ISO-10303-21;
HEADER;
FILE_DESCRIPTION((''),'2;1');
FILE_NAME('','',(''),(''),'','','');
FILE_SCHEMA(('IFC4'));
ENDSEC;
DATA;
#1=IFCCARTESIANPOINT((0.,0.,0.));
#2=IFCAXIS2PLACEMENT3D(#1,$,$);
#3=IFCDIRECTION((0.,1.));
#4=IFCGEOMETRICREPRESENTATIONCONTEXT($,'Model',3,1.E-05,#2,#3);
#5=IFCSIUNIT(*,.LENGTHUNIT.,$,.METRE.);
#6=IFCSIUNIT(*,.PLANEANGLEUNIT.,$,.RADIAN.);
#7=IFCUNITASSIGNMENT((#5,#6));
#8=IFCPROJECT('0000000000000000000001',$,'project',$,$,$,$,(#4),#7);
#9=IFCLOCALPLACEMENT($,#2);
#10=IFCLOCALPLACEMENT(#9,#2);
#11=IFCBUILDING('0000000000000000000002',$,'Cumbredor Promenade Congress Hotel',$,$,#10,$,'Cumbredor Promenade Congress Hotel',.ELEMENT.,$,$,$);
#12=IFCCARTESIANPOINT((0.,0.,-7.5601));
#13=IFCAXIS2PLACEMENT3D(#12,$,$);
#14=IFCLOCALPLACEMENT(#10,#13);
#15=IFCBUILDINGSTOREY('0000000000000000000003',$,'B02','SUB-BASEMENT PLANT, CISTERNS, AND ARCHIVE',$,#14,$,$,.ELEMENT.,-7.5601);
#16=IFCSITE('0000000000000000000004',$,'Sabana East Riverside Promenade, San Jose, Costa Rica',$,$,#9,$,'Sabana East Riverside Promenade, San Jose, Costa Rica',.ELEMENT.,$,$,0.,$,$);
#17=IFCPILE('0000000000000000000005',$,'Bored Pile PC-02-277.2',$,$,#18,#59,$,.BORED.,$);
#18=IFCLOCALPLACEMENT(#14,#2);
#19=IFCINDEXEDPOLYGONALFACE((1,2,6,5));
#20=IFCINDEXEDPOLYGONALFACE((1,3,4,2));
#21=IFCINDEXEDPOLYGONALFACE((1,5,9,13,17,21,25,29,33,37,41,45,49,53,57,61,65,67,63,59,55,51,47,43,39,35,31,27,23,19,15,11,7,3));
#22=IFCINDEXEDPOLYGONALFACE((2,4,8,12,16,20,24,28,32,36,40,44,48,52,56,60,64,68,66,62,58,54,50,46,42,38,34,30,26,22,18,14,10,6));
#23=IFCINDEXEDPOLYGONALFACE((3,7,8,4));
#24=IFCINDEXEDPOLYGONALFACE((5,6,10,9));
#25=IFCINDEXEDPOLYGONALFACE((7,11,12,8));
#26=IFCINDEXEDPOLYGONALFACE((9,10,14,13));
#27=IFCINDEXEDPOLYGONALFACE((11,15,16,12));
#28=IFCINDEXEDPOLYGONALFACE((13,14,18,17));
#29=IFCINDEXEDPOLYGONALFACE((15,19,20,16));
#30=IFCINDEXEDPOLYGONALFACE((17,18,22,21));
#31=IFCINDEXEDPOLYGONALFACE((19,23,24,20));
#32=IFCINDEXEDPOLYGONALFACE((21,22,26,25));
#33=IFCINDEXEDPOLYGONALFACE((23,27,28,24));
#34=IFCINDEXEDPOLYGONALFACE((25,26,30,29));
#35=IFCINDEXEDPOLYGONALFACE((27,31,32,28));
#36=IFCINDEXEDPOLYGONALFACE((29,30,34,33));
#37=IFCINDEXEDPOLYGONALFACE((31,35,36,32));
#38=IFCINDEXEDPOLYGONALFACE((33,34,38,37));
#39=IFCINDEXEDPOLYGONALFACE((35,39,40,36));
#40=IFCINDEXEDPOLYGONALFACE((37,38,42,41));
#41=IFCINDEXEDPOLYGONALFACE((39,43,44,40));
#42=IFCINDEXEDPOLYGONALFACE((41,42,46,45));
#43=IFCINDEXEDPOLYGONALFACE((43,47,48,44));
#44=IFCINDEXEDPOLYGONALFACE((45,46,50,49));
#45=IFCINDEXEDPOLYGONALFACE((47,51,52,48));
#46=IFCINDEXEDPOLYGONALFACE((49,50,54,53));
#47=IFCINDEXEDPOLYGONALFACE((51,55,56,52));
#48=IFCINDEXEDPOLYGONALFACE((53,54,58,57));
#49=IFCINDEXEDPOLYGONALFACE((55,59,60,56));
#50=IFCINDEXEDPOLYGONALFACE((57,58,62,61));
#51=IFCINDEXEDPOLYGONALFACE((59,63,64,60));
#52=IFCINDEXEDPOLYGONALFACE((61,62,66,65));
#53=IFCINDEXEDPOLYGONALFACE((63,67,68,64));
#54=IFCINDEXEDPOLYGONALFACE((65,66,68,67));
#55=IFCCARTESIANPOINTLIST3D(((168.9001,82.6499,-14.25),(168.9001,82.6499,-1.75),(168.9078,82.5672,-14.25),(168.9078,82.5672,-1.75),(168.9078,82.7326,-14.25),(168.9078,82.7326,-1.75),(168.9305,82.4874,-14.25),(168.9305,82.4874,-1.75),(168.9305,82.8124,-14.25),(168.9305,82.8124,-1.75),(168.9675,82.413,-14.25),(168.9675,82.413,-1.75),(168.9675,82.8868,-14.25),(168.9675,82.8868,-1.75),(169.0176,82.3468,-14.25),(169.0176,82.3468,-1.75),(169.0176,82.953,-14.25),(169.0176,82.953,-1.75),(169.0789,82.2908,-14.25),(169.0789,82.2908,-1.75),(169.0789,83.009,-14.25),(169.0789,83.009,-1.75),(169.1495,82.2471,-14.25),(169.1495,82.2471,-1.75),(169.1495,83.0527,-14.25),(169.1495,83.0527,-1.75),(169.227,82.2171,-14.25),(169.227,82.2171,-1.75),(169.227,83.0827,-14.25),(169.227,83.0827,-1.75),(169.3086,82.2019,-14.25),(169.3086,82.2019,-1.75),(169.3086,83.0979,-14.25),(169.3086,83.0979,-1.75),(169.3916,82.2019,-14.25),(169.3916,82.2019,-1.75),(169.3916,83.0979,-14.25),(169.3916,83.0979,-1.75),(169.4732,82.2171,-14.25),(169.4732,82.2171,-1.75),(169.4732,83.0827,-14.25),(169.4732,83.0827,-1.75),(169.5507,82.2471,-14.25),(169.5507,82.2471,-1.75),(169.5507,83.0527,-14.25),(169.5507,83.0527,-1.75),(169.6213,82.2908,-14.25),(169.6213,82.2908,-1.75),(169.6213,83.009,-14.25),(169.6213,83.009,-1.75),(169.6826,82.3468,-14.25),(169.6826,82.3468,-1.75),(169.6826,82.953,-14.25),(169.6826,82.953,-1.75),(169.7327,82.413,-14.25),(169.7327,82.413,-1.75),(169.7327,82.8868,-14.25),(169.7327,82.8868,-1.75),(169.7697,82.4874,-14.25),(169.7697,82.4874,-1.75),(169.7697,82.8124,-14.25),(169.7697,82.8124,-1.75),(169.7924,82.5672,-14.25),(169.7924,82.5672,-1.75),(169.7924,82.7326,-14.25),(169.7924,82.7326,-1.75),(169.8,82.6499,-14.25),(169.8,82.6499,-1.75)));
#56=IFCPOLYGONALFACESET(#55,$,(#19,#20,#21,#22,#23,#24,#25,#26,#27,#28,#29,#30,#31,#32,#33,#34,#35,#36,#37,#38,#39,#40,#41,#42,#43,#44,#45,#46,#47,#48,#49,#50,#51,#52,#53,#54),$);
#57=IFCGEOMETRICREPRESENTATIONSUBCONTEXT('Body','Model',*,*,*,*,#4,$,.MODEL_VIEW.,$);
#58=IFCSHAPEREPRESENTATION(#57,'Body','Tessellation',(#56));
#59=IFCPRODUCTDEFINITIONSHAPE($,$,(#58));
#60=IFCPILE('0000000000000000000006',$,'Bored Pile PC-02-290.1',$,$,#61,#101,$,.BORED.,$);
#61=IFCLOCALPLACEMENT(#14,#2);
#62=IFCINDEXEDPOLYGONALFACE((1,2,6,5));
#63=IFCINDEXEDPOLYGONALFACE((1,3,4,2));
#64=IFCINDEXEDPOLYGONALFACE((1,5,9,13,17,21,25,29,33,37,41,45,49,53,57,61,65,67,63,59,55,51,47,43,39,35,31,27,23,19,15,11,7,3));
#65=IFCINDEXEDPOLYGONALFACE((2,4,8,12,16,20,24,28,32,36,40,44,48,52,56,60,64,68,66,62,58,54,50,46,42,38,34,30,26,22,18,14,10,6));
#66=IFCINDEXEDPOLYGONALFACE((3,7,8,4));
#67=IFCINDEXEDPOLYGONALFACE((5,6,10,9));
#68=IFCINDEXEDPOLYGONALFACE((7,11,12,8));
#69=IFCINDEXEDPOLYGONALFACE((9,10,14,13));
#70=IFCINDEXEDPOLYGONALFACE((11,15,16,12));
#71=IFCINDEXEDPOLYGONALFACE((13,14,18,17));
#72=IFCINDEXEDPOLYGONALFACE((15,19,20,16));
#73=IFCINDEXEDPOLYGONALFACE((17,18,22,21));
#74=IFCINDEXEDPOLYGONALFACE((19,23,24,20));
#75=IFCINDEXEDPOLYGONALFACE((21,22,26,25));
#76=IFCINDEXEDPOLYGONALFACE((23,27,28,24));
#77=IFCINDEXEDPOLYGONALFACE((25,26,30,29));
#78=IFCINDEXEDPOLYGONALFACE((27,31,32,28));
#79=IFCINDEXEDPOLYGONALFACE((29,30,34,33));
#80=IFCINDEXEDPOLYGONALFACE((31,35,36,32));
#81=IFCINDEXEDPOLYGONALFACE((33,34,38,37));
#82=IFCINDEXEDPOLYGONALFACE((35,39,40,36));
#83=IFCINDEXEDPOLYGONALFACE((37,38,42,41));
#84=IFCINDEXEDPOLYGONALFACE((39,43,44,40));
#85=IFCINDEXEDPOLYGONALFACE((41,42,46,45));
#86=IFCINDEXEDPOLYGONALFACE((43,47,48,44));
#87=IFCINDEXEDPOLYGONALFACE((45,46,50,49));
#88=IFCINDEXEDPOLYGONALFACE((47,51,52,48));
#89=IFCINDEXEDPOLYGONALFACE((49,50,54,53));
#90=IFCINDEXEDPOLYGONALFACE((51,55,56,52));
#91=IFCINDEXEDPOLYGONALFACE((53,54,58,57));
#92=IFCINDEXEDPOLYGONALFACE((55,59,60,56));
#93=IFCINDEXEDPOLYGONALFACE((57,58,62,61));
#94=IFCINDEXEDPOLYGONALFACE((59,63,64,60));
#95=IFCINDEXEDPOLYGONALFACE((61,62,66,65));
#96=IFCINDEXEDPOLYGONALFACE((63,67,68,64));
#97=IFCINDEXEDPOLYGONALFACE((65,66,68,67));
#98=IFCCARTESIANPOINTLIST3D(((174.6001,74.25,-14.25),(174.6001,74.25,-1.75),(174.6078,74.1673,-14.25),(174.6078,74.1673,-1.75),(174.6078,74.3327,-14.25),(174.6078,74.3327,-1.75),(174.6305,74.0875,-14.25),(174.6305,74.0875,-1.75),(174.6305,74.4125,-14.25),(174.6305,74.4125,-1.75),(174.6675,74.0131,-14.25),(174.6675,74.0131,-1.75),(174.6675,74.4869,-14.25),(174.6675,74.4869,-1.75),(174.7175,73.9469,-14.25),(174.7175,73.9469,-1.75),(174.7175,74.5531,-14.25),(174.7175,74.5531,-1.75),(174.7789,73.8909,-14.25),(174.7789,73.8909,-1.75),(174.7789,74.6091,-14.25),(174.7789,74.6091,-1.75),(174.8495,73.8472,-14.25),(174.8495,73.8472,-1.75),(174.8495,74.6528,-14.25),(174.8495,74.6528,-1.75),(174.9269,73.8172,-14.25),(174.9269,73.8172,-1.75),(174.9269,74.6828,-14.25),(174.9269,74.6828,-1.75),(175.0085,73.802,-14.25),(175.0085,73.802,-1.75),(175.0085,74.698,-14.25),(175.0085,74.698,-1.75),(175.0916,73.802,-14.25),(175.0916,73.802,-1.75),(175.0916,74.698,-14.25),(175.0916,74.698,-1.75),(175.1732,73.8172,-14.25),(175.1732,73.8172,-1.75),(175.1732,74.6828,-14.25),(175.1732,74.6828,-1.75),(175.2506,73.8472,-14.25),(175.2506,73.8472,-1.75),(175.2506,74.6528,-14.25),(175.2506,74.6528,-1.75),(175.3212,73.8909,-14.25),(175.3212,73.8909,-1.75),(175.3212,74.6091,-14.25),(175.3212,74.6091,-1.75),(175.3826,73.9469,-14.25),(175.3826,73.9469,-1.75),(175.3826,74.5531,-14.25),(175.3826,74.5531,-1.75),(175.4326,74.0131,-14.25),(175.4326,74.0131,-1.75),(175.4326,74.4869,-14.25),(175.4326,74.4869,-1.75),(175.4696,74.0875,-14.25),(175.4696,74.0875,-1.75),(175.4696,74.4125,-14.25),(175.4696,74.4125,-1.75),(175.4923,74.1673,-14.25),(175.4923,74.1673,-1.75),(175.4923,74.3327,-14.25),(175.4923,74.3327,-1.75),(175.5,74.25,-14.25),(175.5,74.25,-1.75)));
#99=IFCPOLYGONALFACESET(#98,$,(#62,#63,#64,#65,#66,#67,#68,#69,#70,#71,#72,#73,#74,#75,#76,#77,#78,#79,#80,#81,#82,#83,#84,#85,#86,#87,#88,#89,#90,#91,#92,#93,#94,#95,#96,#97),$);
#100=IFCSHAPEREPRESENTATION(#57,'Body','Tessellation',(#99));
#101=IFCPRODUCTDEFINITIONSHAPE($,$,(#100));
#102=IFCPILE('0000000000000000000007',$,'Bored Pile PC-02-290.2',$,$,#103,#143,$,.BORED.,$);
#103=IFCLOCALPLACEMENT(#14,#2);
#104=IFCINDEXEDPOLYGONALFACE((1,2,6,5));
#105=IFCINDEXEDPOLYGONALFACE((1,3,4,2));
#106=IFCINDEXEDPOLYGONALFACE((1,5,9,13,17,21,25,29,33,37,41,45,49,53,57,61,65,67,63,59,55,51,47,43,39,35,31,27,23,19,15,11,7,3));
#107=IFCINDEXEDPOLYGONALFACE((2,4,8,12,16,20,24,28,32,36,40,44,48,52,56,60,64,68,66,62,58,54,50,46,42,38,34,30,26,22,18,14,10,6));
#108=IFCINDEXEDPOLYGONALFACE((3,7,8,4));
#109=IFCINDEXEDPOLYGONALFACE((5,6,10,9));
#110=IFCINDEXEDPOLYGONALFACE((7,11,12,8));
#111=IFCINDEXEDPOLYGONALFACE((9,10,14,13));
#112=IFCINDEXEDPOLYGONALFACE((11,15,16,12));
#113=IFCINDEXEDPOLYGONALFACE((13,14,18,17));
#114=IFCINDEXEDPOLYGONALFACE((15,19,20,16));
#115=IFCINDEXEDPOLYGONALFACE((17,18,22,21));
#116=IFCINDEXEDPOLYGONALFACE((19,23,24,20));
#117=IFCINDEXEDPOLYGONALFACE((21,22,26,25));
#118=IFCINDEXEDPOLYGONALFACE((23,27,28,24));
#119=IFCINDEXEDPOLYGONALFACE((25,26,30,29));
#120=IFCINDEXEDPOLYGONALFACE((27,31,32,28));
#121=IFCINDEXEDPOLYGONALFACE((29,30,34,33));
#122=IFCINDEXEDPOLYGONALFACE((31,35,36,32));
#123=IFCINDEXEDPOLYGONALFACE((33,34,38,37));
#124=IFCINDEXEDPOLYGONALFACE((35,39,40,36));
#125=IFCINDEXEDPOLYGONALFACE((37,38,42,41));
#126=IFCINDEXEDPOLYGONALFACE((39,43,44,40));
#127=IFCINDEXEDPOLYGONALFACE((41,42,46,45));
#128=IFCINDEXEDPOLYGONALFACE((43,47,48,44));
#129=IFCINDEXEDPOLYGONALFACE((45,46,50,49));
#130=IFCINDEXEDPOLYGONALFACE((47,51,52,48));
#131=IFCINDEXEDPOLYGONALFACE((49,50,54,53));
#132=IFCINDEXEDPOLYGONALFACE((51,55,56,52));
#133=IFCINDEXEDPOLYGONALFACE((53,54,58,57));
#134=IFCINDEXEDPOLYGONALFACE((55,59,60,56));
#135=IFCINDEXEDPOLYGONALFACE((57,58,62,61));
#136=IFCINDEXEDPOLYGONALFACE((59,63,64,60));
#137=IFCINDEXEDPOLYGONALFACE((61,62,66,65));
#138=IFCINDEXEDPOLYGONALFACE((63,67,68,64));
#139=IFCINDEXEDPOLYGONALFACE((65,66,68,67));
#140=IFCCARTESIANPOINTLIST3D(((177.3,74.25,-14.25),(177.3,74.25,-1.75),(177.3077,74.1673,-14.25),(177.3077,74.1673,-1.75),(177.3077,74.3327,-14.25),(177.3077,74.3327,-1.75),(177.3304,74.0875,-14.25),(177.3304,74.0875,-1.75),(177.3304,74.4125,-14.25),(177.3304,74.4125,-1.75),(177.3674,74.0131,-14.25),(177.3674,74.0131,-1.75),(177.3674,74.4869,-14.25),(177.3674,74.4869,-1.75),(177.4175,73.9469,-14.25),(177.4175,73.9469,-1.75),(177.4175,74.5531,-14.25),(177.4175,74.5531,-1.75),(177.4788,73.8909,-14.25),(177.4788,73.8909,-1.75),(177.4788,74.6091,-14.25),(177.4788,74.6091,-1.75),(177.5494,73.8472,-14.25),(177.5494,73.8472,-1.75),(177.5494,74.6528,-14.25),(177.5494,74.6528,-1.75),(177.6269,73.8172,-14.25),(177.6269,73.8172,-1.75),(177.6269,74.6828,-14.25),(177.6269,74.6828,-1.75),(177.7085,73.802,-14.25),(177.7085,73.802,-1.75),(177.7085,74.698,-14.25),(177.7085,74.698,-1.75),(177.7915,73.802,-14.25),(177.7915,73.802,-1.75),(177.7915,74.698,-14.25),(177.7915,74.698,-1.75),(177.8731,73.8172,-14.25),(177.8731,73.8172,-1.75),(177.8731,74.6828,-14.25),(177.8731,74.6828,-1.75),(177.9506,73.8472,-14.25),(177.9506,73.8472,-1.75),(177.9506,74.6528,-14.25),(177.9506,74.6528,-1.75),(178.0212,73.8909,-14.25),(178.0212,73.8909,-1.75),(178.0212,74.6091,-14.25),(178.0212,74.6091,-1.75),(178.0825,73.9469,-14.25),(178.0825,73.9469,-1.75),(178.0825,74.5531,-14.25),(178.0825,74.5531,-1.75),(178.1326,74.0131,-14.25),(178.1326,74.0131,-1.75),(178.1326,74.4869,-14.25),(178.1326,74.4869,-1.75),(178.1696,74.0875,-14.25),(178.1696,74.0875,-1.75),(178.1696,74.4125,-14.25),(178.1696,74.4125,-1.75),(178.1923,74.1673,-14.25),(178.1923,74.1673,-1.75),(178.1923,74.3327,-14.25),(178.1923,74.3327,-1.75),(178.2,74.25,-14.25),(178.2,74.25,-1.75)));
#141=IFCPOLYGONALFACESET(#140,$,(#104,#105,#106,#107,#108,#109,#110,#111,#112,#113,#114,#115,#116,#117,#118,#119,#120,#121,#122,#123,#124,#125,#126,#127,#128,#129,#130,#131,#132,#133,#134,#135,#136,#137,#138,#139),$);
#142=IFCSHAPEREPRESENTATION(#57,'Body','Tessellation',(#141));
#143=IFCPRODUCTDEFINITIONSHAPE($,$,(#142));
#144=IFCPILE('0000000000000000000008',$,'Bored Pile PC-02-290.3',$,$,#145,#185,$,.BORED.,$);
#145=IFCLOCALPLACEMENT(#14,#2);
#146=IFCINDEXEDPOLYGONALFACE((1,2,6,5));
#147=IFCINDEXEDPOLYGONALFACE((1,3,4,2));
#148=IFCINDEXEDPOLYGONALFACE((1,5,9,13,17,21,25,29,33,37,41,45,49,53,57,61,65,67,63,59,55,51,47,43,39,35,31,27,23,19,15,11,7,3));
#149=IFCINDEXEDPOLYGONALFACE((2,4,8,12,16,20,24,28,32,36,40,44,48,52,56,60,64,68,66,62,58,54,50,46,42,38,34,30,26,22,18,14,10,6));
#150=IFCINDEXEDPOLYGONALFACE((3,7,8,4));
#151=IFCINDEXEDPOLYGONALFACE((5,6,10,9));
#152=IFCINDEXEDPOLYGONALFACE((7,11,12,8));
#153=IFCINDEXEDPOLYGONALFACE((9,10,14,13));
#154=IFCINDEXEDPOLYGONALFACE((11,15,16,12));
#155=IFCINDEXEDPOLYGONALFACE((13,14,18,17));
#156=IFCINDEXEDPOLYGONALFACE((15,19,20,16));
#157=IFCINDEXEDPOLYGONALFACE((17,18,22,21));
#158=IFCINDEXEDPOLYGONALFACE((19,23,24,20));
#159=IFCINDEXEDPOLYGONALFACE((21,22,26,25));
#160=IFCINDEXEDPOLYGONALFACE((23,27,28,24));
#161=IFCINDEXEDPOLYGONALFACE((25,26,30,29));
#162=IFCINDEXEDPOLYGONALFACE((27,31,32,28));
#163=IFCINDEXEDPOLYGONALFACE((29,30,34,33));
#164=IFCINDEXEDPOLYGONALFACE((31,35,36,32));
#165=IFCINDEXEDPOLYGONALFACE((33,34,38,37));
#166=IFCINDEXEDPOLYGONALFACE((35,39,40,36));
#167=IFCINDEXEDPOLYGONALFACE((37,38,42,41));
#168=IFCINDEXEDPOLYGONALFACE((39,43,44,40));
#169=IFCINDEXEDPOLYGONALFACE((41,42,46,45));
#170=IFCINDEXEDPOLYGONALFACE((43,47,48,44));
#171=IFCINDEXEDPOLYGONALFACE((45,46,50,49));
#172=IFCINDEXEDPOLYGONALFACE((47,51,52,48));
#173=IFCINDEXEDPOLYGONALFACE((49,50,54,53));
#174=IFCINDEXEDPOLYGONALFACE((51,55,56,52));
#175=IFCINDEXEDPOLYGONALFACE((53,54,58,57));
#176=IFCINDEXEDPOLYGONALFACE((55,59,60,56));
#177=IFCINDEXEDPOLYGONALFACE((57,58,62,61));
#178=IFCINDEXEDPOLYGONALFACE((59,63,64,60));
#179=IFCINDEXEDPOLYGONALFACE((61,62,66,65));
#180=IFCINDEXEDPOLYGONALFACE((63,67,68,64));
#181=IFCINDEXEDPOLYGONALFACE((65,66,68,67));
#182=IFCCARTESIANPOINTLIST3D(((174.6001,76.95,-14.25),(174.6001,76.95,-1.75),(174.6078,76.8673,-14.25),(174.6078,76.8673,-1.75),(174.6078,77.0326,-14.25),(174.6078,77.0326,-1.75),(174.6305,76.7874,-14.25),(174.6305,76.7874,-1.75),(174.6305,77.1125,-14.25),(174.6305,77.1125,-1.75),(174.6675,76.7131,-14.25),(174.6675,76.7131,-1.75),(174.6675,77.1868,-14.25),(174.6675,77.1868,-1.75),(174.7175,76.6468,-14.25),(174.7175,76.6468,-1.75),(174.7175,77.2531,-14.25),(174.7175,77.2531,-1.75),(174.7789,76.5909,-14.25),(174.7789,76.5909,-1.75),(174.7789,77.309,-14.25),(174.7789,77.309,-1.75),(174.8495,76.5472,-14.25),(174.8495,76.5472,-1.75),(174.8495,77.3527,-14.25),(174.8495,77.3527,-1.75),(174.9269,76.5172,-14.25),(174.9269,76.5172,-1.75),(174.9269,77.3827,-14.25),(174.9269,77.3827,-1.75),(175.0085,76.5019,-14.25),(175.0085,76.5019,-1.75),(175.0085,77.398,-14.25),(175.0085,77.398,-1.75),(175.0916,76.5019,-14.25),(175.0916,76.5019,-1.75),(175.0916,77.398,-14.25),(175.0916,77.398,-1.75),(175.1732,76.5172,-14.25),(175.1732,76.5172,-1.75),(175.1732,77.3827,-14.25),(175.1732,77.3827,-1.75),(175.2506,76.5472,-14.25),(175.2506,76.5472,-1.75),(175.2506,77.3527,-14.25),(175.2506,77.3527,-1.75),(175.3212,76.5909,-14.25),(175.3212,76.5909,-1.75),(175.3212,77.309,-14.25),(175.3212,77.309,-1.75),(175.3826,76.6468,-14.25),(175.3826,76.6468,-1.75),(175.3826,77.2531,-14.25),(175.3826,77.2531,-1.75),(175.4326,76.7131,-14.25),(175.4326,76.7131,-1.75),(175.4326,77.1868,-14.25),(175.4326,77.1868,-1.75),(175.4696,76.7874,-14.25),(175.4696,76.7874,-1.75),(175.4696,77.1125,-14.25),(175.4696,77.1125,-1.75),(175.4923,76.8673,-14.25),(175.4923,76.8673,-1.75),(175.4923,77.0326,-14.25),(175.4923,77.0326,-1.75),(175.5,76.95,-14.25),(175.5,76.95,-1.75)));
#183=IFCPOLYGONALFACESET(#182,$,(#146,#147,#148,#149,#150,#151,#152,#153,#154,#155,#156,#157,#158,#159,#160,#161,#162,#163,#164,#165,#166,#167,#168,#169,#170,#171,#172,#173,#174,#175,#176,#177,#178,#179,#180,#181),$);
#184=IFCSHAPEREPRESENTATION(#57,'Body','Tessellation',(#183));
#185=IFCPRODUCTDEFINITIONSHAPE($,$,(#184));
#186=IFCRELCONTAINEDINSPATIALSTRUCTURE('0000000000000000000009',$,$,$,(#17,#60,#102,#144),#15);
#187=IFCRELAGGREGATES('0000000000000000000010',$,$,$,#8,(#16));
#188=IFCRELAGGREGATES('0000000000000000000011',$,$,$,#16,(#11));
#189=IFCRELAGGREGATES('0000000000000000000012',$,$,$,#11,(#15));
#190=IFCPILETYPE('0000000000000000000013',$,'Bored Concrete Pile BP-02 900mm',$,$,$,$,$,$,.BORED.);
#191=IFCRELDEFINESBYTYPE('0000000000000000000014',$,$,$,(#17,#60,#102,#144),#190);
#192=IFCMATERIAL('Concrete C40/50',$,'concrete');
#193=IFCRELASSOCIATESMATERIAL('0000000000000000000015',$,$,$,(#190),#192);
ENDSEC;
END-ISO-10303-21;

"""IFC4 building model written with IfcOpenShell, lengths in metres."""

from ifc_helpers import new_model, si_unit, direction, frame, origin, origin_2d, place, context, subcontext, project, spatial, circle, extrude, material, material_profile, profile_set, type_object, element, save


model = new_model("IFC4")

# Units and contexts
model_context = context("Model", 3, precision=1e-05, world=origin(), true_north=direction((0.0, 1.0)))
body_context = subcontext(model_context, "Body", "Model", "MODEL_VIEW")
ifc_project = project(units=[si_unit("LENGTHUNIT", "METRE"), si_unit("PLANEANGLEUNIT", "RADIAN")], contexts=[model_context])

# Site, building, storey
site_placement = place(None, origin())
site = spatial("IfcSite", under=ifc_project, at=site_placement, Name="Sabana East Riverside Promenade, San Jose, Costa Rica", LongName="Sabana East Riverside Promenade, San Jose, Costa Rica", CompositionType="ELEMENT", RefElevation=0.0)
building_placement = place(site_placement, origin())
building = spatial("IfcBuilding", under=site, at=building_placement, Name="Cumbredor Promenade Congress Hotel", LongName="Cumbredor Promenade Congress Hotel", CompositionType="ELEMENT")
storey_placement = place(building_placement, frame((0.0, 0.0, -7.5601)))
storey = spatial("IfcBuildingStorey", under=building, at=storey_placement, Name="B02", Description="SUB-BASEMENT PLANT, CISTERNS, AND ARCHIVE", CompositionType="ELEMENT", Elevation=-7.5601)

# Piles
ifc_material_1 = material(Name="Concrete C40/50", Category="concrete")
ifc_material_profile_1 = material_profile(ifc_material_1, circle(Radius=0.45, at=origin_2d()), Name="PILE D900")
ifc_profile_set_1 = profile_set([ifc_material_profile_1], Name="Concrete C40/50")
pile_type = type_object("IfcPileType", Name="Bored Concrete Pile BP-02 900mm", PredefinedType="BORED", material=ifc_profile_set_1)
for number, where, z_axis, x_axis, name in (
    (1, (169.3501, 82.6499, -1.75), (0.0, 0.0, -1.0), (1.0, 0.0, 0.0), "Bored Pile PC-02-277.2"),
    (2, (175.05, 74.25, -1.75), (0.0, 0.0, -1.0), (1.0, 0.0, 0.0), "Bored Pile PC-02-290.1"),
    (3, (177.75, 74.25, -1.75), (0.0, 0.0, -1.0), (1.0, 0.0, 0.0), "Bored Pile PC-02-290.2"),
    (4, (175.05, 76.95, -1.75), (0.0, 0.0, -1.0), (1.0, 0.0, 0.0), "Bored Pile PC-02-290.3"),
):
    element("IfcPile", number, at=place(storey_placement, frame(where, z_axis=z_axis, x_axis=x_axis)), inside=storey, type_object=pile_type, Name=name, PredefinedType="BORED", context=body_context, shape_type="SweptSolid", body=[
        extrude(circle(Radius=0.45, at=origin_2d()), origin(), (0.0, 0.0, 1.0), 12.5),
    ])

save(model, "model.ifc")
